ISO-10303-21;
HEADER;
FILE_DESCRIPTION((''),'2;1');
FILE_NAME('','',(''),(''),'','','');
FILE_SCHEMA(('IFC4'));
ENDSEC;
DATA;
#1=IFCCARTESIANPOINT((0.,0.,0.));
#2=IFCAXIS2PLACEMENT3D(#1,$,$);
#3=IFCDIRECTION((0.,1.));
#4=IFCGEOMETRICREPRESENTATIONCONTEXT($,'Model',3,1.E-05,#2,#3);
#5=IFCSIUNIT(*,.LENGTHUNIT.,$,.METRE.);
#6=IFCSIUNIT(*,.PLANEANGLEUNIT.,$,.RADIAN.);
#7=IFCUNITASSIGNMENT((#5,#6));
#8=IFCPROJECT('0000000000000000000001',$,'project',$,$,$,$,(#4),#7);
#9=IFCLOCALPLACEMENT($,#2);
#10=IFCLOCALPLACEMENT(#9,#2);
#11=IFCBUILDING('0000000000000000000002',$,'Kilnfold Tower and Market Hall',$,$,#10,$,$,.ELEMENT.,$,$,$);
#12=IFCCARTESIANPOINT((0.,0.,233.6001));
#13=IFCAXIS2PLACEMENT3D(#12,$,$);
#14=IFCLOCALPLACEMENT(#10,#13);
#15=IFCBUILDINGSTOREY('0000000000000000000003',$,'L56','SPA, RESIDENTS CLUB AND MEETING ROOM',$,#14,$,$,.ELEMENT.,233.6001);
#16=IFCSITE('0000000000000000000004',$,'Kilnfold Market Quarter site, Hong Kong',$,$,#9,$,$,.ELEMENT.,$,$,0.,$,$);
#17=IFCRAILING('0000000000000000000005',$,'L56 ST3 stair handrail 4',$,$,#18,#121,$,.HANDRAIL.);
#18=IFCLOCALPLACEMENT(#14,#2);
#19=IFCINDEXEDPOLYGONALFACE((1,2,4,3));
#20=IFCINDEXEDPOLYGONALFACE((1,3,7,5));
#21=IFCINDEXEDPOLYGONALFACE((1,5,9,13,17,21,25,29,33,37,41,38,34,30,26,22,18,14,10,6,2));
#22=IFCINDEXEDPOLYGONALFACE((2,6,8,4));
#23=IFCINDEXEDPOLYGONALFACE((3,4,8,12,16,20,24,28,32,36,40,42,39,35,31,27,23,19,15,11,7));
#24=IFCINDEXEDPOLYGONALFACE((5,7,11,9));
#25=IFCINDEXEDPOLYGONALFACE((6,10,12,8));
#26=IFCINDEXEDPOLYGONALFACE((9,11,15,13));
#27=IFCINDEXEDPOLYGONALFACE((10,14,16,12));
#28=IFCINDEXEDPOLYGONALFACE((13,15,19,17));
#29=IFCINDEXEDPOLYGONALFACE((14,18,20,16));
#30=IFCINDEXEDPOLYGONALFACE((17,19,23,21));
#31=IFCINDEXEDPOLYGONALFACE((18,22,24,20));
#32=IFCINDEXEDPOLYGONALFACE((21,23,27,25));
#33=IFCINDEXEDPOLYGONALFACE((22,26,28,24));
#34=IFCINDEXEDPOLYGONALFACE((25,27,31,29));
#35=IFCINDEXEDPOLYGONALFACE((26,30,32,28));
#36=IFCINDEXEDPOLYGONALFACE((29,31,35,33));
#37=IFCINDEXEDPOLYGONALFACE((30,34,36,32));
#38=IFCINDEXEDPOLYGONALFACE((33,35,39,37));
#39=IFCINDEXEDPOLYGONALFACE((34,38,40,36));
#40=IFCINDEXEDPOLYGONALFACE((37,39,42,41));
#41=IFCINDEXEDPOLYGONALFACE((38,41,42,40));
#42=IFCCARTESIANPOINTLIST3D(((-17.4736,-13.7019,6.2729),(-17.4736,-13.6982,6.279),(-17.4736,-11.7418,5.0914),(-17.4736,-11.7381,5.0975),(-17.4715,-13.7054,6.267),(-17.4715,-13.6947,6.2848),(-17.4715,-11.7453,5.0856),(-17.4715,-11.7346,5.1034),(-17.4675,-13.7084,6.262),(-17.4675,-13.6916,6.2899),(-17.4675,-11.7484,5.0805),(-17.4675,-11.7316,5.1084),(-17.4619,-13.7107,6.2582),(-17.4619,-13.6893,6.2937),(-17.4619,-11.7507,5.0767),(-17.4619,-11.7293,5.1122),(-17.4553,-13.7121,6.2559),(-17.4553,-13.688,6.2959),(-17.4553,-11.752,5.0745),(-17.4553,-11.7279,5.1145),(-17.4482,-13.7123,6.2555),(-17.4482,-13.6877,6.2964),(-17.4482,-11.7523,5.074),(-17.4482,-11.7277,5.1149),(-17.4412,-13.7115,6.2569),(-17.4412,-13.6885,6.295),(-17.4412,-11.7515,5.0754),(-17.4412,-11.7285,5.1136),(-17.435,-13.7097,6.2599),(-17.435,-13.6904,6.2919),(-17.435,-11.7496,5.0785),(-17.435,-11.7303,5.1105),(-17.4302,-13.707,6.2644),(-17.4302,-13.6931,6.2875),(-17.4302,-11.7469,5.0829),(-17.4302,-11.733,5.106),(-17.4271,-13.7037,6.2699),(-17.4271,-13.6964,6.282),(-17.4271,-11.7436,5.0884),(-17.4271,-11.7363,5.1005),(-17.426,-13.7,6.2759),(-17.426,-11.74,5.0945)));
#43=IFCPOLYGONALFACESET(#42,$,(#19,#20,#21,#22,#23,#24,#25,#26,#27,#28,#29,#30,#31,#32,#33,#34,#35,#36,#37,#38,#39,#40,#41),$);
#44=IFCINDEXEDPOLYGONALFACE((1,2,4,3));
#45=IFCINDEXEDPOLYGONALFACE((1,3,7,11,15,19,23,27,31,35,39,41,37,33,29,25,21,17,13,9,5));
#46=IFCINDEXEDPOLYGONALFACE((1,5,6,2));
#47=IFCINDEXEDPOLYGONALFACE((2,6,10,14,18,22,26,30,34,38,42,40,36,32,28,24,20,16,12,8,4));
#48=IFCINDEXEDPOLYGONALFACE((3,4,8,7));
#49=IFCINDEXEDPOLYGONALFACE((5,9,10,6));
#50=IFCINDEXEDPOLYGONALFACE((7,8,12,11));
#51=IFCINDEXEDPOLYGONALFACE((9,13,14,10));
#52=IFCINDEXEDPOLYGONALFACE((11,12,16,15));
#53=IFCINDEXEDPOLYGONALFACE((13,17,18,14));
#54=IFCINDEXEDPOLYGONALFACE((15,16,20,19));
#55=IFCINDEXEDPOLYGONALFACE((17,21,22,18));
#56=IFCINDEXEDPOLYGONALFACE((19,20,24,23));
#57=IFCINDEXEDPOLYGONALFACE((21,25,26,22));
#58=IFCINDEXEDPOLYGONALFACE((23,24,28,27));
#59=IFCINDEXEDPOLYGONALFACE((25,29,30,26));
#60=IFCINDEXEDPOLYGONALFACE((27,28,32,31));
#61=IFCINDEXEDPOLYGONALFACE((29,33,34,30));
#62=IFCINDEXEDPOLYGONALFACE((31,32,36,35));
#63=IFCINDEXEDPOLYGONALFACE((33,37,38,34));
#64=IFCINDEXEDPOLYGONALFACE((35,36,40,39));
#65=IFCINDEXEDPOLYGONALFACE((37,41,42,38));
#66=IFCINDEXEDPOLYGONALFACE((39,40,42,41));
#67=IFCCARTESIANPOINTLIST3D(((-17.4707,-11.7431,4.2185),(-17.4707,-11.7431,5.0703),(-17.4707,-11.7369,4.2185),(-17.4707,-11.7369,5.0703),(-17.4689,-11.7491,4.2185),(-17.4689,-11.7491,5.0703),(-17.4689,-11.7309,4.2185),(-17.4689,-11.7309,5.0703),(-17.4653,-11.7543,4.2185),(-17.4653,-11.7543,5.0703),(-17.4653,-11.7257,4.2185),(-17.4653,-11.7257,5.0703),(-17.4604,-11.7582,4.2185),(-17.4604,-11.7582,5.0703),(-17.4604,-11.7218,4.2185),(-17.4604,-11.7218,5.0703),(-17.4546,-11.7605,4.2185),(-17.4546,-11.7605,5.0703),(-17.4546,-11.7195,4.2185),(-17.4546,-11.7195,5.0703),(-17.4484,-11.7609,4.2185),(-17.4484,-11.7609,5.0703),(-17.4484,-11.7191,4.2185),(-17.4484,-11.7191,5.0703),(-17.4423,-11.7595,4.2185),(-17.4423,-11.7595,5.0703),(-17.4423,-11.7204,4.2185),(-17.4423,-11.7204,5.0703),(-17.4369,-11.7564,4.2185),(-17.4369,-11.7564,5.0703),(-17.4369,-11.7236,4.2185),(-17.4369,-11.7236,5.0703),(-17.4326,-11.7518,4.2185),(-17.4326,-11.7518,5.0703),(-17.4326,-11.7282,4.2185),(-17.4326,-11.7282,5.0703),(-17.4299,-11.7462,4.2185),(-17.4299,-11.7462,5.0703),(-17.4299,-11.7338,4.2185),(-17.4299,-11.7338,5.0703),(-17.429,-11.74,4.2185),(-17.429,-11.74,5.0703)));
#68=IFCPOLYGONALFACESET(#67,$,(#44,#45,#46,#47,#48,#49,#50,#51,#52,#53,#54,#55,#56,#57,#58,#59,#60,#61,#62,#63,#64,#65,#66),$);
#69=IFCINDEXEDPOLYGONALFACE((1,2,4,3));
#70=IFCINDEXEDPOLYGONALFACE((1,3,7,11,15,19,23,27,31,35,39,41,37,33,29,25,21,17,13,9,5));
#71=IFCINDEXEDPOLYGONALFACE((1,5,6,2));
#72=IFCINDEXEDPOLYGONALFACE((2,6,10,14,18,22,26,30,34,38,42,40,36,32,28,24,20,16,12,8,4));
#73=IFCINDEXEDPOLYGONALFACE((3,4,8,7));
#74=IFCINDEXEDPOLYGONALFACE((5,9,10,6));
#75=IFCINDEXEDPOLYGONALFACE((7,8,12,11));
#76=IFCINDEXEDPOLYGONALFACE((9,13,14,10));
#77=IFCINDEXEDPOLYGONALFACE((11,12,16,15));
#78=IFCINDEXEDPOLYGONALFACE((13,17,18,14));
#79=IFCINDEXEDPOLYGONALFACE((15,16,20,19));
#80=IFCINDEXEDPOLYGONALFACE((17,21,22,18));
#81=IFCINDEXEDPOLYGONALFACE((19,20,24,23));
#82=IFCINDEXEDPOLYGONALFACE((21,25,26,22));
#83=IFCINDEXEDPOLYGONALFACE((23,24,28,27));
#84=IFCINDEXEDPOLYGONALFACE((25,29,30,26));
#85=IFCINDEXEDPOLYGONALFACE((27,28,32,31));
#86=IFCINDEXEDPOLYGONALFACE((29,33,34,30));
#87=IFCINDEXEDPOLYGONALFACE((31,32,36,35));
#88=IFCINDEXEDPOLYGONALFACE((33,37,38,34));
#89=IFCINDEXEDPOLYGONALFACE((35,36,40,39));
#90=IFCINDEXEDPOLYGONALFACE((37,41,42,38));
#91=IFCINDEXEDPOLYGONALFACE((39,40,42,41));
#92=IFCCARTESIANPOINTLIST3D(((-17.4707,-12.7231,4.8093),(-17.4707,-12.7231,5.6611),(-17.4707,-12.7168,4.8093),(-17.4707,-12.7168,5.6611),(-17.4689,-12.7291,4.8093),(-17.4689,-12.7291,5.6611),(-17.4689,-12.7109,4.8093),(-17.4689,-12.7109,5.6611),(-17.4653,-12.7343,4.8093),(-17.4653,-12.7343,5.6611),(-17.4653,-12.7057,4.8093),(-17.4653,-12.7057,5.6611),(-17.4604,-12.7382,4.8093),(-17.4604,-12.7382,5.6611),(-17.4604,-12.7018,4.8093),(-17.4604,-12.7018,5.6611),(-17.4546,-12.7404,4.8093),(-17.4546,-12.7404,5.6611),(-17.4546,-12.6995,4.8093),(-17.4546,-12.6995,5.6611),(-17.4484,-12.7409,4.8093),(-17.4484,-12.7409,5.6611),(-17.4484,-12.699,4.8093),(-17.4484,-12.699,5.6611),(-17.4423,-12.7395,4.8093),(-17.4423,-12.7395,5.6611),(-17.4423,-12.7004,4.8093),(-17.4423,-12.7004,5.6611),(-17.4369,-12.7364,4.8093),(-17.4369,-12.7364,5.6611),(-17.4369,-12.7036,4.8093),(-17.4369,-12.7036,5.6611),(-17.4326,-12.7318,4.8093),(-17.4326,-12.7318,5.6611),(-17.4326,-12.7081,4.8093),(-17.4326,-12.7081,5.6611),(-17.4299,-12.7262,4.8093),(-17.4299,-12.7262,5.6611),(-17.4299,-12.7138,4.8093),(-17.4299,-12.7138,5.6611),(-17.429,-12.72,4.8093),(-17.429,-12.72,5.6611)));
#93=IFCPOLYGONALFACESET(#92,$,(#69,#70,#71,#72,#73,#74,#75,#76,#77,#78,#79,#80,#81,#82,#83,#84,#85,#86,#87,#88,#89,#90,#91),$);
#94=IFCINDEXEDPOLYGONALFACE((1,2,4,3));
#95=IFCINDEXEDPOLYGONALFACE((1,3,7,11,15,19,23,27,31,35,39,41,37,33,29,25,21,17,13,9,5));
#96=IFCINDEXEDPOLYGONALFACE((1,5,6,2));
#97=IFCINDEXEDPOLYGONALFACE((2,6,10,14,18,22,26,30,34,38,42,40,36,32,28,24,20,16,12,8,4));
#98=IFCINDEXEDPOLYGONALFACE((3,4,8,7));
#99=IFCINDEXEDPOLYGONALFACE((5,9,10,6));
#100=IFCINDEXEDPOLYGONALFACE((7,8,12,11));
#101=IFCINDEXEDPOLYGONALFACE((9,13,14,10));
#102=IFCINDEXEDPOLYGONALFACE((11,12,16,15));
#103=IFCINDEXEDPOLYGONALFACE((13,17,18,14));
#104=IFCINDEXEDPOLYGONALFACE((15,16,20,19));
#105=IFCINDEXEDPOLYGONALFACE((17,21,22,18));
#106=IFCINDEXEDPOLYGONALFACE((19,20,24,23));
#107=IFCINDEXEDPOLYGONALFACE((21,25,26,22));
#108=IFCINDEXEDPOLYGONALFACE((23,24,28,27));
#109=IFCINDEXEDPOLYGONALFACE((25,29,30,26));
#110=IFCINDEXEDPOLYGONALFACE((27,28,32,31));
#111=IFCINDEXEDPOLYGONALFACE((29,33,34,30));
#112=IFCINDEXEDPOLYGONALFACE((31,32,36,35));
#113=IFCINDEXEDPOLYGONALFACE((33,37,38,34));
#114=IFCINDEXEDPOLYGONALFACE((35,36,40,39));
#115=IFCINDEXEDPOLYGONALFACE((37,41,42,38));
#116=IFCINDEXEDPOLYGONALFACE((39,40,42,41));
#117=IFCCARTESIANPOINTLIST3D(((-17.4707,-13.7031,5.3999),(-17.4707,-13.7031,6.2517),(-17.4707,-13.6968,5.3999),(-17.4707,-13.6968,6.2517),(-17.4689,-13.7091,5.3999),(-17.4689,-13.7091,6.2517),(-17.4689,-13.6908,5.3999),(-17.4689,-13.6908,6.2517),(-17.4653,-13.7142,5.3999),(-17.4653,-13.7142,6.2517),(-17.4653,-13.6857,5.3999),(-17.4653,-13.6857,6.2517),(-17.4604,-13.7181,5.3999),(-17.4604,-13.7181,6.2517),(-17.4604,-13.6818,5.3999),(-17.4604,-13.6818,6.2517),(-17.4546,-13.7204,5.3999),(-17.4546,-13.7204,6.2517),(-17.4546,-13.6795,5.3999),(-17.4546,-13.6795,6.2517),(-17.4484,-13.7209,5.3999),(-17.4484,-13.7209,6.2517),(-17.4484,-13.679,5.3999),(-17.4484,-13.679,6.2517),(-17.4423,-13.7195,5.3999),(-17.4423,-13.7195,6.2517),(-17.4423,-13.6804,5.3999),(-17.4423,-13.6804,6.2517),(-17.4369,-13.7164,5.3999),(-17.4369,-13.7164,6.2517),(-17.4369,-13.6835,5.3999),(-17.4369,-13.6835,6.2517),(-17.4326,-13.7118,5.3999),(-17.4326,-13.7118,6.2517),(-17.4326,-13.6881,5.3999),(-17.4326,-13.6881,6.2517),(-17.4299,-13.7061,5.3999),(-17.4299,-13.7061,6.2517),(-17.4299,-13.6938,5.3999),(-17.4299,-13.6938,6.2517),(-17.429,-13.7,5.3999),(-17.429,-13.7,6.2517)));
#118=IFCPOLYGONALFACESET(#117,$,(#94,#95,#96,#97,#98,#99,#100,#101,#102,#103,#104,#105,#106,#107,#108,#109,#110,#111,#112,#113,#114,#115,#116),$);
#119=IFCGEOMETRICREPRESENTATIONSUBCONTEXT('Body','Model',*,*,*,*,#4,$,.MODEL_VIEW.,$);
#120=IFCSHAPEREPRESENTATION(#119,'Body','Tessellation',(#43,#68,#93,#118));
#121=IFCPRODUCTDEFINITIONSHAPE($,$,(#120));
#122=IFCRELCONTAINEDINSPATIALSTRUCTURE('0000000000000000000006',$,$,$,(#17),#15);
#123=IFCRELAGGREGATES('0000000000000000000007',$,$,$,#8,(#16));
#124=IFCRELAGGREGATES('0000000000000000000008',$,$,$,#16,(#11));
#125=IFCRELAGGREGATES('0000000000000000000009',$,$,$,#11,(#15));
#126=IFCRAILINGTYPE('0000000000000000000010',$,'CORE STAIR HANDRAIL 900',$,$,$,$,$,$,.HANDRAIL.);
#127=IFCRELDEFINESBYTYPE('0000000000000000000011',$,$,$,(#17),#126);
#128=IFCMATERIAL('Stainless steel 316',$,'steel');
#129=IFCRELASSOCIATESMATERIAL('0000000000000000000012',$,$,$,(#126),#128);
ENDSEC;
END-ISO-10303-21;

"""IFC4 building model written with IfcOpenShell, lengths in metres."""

from ifc_helpers import new_model, si_unit, direction, frame, origin, origin_2d, place, context, subcontext, project, spatial, circle, extrude, material, type_object, element, save


model = new_model("IFC4")

# Units and contexts
model_context = context("Model", 3, precision=1e-05, world=origin(), true_north=direction((0.0, 1.0)))
body_context = subcontext(model_context, "Body", "Model", "MODEL_VIEW")
ifc_project = project(units=[si_unit("LENGTHUNIT", "METRE"), si_unit("PLANEANGLEUNIT", "RADIAN")], contexts=[model_context])

# Site, building, storey
site_placement = place(None, origin())
site = spatial("IfcSite", under=ifc_project, at=site_placement, Name="Kilnfold Market Quarter site, Hong Kong", CompositionType="ELEMENT", RefElevation=0.0)
building_placement = place(site_placement, origin())
building = spatial("IfcBuilding", under=site, at=building_placement, Name="Kilnfold Tower and Market Hall", CompositionType="ELEMENT")
storey_placement = place(building_placement, frame((0.0, 0.0, 233.6001)))
storey = spatial("IfcBuildingStorey", under=building, at=storey_placement, Name="L56", Description="SPA, RESIDENTS CLUB AND MEETING ROOM", CompositionType="ELEMENT", Elevation=233.6001)

# Railing
ifc_material_1 = material(Name="Stainless steel 316", Category="steel")
railing_type_1 = type_object("IfcRailingType", Name="CORE STAIR HANDRAIL 900", PredefinedType="HANDRAIL", material=ifc_material_1)
railing_1_placement = place(storey_placement, frame((-17.45, -11.74, 4.2185)))
element("IfcRailing", 1, at=railing_1_placement, inside=storey, type_object=railing_type_1, Name="L56 ST3 stair handrail 4", PredefinedType="HANDRAIL", context=body_context, shape_type="SweptSolid", body=[
    extrude(circle(Radius=0.0239, at=origin_2d()), frame((0.0, 0.0, 0.876), z_axis=(0.0, -0.856446, 0.516236), x_axis=(1.0, 0.0, 0.0)), (0.0, 0.0, 1.0), 2.2886),
    extrude(circle(Radius=0.021, at=origin_2d()), origin(), (0.0, 0.0, 1.0), 0.8518),
    extrude(circle(Radius=0.021, at=origin_2d()), frame((0.0, -0.98, 0.5908)), (0.0, 0.0, 1.0), 0.8518),
    extrude(circle(Radius=0.021, at=origin_2d()), frame((0.0, -1.96, 1.1814)), (0.0, 0.0, 1.0), 0.8518),
])

save(model, "model.ifc")
